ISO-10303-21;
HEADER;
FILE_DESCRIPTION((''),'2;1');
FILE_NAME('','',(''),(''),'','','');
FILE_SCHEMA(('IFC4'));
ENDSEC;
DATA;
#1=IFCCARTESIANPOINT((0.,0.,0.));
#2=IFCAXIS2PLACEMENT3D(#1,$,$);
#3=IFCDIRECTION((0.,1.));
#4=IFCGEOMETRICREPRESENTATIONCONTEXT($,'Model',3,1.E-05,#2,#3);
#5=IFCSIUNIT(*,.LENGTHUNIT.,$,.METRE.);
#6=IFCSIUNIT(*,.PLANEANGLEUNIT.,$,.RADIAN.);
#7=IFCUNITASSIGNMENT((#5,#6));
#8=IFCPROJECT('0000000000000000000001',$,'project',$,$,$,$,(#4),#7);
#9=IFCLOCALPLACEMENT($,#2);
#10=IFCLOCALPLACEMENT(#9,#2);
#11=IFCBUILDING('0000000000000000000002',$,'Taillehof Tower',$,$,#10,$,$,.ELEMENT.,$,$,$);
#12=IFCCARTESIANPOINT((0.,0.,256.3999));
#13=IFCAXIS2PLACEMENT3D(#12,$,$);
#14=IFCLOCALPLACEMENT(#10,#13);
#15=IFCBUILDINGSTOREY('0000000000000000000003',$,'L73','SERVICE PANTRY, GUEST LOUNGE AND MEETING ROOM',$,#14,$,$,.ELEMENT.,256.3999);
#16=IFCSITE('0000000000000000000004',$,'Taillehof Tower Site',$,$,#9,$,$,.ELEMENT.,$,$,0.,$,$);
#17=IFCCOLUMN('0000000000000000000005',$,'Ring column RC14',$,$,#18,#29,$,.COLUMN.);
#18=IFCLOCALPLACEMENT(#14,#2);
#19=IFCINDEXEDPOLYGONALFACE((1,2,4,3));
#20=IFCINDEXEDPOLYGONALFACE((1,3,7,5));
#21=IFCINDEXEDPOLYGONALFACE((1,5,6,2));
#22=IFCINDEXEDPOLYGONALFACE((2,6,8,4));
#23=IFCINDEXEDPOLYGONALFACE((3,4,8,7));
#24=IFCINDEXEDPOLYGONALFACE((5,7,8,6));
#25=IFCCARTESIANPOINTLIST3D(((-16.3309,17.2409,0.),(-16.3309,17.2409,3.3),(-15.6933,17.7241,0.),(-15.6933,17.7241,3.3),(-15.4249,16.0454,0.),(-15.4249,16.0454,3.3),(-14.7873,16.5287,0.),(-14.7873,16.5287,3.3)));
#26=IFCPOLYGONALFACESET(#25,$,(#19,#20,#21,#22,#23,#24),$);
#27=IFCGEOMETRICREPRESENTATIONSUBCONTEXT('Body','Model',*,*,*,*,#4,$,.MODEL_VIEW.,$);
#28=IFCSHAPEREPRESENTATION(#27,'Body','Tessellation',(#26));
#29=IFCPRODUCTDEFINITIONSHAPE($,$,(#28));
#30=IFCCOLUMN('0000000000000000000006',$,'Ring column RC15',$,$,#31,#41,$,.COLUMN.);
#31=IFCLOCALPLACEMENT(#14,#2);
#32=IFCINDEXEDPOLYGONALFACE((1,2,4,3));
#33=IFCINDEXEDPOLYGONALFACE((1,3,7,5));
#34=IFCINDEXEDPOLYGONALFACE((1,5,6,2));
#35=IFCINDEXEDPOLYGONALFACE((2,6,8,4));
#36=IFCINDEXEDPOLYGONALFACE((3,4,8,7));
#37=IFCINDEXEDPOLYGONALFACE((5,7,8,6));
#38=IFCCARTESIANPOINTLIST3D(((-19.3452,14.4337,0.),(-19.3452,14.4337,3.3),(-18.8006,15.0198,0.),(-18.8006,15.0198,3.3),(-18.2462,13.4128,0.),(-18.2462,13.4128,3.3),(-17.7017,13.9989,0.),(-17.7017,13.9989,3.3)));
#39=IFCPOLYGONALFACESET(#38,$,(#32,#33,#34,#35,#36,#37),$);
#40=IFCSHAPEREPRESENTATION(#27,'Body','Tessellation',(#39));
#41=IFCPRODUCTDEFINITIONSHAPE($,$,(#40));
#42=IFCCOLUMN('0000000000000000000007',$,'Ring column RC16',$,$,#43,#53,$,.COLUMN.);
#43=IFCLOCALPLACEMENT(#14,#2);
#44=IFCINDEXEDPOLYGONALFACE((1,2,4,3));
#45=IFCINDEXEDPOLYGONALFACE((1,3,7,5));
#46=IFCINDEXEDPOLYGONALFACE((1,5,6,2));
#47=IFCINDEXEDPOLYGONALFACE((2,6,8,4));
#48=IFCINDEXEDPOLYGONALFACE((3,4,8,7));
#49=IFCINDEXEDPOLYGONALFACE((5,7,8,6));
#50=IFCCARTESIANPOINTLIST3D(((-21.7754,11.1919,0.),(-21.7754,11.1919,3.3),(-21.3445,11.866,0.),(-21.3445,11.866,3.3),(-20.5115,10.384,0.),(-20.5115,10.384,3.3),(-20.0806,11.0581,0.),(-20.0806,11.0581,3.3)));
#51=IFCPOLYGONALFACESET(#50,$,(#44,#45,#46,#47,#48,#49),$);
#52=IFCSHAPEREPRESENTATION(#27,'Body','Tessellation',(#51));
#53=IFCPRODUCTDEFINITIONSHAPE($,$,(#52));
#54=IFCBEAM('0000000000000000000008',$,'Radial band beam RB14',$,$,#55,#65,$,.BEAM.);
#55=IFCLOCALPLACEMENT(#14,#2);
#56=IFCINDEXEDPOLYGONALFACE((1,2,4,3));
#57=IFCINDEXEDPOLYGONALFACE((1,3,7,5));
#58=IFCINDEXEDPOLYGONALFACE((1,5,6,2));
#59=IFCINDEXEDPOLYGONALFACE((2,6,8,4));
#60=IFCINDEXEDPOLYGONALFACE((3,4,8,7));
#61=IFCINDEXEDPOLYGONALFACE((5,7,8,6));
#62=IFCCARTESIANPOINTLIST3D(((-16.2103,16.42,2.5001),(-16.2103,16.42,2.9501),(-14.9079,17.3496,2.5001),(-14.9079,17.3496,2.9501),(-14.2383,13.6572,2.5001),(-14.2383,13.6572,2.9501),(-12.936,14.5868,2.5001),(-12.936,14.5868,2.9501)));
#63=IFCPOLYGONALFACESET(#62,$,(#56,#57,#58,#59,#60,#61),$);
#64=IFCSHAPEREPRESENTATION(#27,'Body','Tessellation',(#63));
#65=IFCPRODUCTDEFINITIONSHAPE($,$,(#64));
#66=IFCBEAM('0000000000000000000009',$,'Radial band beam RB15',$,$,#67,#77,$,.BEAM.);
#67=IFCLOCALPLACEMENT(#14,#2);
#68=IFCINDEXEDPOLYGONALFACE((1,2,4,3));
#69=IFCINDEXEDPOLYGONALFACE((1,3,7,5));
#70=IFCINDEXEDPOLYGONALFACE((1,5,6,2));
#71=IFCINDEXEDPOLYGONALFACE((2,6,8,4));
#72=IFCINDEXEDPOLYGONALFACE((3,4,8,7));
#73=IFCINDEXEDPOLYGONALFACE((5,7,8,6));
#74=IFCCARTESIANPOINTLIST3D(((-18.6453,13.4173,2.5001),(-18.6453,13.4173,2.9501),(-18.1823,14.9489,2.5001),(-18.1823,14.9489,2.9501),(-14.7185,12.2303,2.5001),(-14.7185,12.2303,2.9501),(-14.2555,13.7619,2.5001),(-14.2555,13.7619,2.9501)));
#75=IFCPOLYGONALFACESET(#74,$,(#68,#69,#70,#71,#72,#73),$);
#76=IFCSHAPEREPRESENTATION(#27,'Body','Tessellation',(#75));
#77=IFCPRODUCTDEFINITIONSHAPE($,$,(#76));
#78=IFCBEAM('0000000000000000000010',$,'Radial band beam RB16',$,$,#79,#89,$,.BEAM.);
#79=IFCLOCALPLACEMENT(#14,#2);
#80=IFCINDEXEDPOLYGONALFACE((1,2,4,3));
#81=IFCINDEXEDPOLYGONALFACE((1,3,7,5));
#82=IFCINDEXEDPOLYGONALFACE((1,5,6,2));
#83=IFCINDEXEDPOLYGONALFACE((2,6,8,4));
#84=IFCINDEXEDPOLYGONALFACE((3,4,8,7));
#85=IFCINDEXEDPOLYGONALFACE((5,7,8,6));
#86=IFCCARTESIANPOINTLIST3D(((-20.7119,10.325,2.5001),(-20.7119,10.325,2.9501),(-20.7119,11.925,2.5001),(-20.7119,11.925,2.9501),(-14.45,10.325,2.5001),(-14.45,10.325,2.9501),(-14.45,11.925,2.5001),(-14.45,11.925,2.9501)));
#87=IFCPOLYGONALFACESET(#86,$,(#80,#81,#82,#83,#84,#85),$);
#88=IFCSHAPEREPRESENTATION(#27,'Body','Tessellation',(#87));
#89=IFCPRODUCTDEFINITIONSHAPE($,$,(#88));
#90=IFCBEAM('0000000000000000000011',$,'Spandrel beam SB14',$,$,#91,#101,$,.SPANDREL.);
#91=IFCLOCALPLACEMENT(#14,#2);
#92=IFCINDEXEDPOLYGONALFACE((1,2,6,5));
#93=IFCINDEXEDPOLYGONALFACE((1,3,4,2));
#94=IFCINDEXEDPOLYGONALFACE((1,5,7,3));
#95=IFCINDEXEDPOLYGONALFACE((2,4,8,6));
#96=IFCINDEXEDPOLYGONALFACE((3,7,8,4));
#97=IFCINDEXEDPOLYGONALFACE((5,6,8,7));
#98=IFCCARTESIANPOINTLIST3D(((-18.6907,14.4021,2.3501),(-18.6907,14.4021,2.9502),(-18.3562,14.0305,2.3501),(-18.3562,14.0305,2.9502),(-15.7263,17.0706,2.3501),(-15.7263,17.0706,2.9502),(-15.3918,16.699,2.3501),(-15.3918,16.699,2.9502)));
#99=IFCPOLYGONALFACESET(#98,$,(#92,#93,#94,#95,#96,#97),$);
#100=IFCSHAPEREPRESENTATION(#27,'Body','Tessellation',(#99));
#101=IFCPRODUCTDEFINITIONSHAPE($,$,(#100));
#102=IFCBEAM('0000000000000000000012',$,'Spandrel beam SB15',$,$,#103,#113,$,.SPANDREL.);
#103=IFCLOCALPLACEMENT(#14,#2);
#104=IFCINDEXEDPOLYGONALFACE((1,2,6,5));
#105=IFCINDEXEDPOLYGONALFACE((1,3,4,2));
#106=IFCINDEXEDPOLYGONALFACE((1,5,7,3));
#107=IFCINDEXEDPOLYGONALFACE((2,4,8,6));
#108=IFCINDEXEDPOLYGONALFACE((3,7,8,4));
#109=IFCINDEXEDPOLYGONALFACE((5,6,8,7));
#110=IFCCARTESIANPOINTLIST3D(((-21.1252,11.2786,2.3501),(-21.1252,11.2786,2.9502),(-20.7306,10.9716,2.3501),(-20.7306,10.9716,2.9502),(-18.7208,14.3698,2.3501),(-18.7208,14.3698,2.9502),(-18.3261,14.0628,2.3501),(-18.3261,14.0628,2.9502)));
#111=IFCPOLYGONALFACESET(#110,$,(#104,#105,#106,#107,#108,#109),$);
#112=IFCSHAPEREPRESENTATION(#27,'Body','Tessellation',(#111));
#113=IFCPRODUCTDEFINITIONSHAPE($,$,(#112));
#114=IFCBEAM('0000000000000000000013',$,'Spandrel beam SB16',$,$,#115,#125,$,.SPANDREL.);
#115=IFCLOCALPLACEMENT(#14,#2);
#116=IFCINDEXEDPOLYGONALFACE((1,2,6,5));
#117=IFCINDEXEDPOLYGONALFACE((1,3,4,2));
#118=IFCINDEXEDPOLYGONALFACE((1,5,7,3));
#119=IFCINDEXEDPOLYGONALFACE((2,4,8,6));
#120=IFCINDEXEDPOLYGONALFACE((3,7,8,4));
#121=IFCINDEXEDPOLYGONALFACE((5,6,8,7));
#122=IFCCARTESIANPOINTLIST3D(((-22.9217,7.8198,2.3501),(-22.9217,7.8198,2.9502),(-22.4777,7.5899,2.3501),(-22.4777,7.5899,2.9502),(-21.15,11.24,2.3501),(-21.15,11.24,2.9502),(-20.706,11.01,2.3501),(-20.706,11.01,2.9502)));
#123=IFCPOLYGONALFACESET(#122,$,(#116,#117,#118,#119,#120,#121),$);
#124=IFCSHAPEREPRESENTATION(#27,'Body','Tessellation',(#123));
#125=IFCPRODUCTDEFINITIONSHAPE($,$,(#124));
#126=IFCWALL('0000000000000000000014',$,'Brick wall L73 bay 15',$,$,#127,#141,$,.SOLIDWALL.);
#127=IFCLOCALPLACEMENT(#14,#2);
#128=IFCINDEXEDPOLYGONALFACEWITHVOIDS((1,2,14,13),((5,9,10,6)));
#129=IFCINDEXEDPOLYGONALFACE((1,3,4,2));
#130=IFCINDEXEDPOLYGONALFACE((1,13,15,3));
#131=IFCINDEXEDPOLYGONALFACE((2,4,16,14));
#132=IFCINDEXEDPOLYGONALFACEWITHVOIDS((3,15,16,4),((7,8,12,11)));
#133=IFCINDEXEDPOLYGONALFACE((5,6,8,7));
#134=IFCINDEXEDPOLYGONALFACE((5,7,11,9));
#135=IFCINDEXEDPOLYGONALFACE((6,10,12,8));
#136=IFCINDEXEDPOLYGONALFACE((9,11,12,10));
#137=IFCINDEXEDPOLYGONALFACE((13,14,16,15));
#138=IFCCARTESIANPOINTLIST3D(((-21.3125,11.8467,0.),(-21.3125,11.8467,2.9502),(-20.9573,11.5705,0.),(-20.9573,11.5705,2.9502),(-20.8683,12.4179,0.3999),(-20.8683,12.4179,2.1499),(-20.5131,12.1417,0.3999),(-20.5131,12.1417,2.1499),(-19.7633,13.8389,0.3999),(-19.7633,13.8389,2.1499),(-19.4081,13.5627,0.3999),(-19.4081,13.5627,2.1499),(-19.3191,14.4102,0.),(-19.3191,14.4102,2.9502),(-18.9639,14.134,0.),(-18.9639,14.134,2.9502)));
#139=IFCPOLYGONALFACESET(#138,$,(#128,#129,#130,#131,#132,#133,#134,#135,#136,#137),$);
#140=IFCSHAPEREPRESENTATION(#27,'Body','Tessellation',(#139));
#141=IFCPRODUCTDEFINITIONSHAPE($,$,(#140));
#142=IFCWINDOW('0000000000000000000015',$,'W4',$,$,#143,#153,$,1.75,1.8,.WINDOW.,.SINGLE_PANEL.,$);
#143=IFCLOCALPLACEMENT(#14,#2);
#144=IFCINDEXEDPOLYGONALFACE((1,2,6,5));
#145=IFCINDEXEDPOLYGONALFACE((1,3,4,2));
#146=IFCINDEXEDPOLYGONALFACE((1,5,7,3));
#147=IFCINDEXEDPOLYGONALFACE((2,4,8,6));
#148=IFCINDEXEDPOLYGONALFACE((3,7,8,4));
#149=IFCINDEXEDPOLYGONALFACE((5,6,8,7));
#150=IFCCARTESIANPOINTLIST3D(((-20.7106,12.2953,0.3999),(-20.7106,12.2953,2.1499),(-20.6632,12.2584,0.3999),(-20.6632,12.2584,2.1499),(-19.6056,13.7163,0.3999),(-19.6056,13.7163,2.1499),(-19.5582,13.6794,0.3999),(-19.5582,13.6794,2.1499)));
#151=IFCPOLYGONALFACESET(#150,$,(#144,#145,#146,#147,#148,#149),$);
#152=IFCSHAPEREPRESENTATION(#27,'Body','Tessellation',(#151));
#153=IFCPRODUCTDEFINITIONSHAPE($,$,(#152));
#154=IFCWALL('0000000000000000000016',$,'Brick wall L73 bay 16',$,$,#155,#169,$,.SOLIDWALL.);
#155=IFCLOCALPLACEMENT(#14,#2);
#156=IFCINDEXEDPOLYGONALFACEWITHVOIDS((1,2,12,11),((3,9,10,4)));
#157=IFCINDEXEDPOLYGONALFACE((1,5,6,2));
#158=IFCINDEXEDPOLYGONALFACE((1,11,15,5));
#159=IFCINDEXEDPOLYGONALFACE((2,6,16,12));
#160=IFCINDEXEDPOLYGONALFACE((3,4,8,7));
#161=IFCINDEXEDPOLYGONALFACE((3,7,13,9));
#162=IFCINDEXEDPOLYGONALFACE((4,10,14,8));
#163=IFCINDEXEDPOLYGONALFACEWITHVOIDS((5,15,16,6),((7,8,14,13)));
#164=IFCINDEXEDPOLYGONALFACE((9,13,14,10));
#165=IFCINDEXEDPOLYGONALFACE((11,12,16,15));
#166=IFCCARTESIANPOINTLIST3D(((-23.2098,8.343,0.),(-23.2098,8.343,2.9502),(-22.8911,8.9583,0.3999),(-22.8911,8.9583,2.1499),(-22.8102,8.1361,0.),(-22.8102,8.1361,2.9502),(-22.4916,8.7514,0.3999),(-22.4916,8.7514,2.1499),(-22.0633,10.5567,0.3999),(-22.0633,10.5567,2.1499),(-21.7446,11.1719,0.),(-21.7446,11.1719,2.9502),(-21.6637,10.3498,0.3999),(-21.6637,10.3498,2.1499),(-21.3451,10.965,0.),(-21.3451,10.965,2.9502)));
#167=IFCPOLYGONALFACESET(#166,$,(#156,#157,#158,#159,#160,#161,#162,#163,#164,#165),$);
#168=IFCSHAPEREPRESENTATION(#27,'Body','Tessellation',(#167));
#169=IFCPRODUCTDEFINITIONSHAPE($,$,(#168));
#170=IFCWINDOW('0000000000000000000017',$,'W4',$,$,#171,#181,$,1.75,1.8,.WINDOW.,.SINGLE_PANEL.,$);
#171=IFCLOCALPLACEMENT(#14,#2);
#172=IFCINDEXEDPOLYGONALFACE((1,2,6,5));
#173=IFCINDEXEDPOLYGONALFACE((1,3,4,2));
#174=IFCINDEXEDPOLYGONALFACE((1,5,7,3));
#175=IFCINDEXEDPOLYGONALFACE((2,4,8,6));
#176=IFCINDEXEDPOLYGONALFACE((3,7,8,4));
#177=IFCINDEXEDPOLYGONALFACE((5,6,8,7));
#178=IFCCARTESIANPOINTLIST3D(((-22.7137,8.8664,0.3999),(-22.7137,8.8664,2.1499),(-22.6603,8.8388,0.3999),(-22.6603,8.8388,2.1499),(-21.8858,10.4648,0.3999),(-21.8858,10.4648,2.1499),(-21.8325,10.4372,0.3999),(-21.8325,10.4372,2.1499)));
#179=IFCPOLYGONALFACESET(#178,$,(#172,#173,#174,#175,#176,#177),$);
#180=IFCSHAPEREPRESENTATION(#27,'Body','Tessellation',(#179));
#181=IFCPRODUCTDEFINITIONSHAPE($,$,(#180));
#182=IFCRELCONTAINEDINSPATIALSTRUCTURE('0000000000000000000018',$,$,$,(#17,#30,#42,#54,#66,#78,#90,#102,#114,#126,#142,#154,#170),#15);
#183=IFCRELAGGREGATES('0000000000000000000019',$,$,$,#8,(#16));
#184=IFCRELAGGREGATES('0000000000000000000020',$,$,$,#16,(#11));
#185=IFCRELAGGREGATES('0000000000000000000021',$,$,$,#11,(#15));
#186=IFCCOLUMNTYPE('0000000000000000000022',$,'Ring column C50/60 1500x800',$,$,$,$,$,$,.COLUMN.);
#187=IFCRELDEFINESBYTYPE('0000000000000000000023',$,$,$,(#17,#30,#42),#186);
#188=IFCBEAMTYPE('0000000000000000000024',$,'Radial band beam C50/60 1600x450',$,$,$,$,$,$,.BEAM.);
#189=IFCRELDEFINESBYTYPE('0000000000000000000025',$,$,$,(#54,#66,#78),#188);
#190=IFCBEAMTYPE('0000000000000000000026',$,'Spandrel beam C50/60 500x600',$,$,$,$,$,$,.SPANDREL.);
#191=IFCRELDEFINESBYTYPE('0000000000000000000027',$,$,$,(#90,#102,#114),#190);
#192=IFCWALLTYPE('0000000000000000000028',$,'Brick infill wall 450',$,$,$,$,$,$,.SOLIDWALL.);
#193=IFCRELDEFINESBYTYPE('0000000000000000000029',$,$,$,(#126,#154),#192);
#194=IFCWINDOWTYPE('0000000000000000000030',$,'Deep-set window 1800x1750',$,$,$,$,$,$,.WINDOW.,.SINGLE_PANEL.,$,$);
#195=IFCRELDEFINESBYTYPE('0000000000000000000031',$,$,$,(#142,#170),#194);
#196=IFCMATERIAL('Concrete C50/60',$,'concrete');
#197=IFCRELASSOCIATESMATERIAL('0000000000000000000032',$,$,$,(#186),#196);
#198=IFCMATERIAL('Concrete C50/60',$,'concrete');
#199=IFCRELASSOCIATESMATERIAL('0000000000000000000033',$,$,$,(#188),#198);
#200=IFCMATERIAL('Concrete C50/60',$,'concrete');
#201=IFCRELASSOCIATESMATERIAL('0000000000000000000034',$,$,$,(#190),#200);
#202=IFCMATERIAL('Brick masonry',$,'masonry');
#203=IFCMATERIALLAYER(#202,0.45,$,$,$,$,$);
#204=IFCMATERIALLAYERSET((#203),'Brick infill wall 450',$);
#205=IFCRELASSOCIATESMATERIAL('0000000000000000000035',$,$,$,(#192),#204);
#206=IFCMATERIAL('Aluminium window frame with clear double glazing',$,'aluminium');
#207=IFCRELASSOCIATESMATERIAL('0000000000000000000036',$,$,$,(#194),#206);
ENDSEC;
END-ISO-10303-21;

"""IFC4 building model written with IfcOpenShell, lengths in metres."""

from ifc_helpers import new_model, si_unit, direction, frame, frame_2d, origin, origin_2d, place, context, subcontext, project, spatial, rectangle, extrude, material, layer, layer_set, material_profile, profile_set, type_object, element, fill, save


model = new_model("IFC4")

# Units and contexts
model_context = context("Model", 3, precision=1e-05, world=origin(), true_north=direction((0.0, 1.0)))
body_context = subcontext(model_context, "Body", "Model", "MODEL_VIEW")
ifc_project = project(units=[si_unit("LENGTHUNIT", "METRE"), si_unit("PLANEANGLEUNIT", "RADIAN")], contexts=[model_context])

# Site, building, storey
site_placement = place(None, origin())
site = spatial("IfcSite", under=ifc_project, at=site_placement, Name="Taillehof Tower Site", CompositionType="ELEMENT", RefElevation=0.0)
building_placement = place(site_placement, origin())
building = spatial("IfcBuilding", under=site, at=building_placement, Name="Taillehof Tower", CompositionType="ELEMENT")
storey_placement = place(building_placement, frame((0.0, 0.0, 256.3999)))
storey = spatial("IfcBuildingStorey", under=building, at=storey_placement, Name="L73", Description="SERVICE PANTRY, GUEST LOUNGE AND MEETING ROOM", CompositionType="ELEMENT", Elevation=256.3999)

# Columns
ifc_material_1 = material(Name="Concrete C50/60", Category="concrete")
ifc_material_profile_1 = material_profile(ifc_material_1, rectangle(XDim=1.5, YDim=0.8, at=origin_2d()), Name="RC 1500x800")
ifc_profile_set_1 = profile_set([ifc_material_profile_1], Name="Concrete C50/60")
column_type = type_object("IfcColumnType", Name="Ring column C50/60 1500x800", PredefinedType="COLUMN", material=ifc_profile_set_1)
for number, where, z_axis, x_axis, name in (
    (1, (-15.5591, 16.8848, 0.0), (0.0, 0.0, 1.0), (-0.60402, 0.796969, 0.0), "Ring column RC14"),
    (2, (-18.5234, 14.2163, 0.0), (0.0, 0.0, 1.0), (-0.732636, 0.680621, 0.0), "Ring column RC15"),
    (3, (-20.928, 11.125, 0.0), (0.0, 0.0, 1.0), (-0.842574, 0.538581, 0.0), "Ring column RC16"),
):
    element("IfcColumn", number, at=place(storey_placement, frame(where, z_axis=z_axis, x_axis=x_axis)), inside=storey, type_object=column_type, Name=name, PredefinedType="COLUMN", context=body_context, shape_type="SweptSolid", body=[
        extrude(rectangle(XDim=1.5, YDim=0.8, at=origin_2d()), origin(), (0.0, 0.0, 1.0), 3.3),
    ])

# Beams
ifc_material_2 = material(Name="Concrete C50/60", Category="concrete")
ifc_material_profile_2 = material_profile(ifc_material_2, rectangle(XDim=1.6001, YDim=0.45, at=origin_2d()), Name="RC 1600x450")
ifc_profile_set_2 = profile_set([ifc_material_profile_2], Name="Concrete C50/60")
beam_type_1 = type_object("IfcBeamType", Name="Radial band beam C50/60 1600x450", PredefinedType="BEAM", material=ifc_profile_set_2)
beam_1_placement = place(storey_placement, frame((-15.5591, 16.8848, 2.7251), z_axis=(0.580959, -0.813933, 0.0), x_axis=(0.813933, 0.580959, 0.0)))
element("IfcBeam", 4, at=beam_1_placement, inside=storey, type_object=beam_type_1, Name="Radial band beam RB14", PredefinedType="BEAM", context=body_context, shape_type="SweptSolid", body=[
    extrude(rectangle(XDim=1.6001, YDim=0.45, at=origin_2d()), origin(), (0.0, 0.0, 1.0), 3.3943),
])
beam_2_placement = place(storey_placement, frame((-18.4138, 14.1831, 2.7251), z_axis=(0.957221, -0.289357, 0.0), x_axis=(0.289357, 0.957221, 0.0)))
element("IfcBeam", 5, at=beam_2_placement, inside=storey, type_object=beam_type_1, Name="Radial band beam RB15", PredefinedType="BEAM", context=body_context, shape_type="SweptSolid", body=[
    extrude(rectangle(XDim=1.6001, YDim=0.45, at=origin_2d()), origin(), (0.0, 0.0, 1.0), 4.1023),
])
beam_3_placement = place(storey_placement, frame((-20.7119, 11.125, 2.7251), z_axis=(1.0, 0.0, 0.0), x_axis=(0.0, 1.0, 0.0)))
element("IfcBeam", 6, at=beam_3_placement, inside=storey, type_object=beam_type_1, Name="Radial band beam RB16", PredefinedType="BEAM", context=body_context, shape_type="SweptSolid", body=[
    extrude(rectangle(XDim=1.6001, YDim=0.45, at=origin_2d()), origin(), (0.0, 0.0, 1.0), 6.262),
])
ifc_material_3 = material(Name="Concrete C50/60", Category="concrete")
ifc_material_profile_3 = material_profile(ifc_material_3, rectangle(XDim=0.5, YDim=0.6001, at=origin_2d()), Name="RC 500x600")
ifc_profile_set_3 = profile_set([ifc_material_profile_3], Name="Concrete C50/60")
beam_type_2 = type_object("IfcBeamType", Name="Spandrel beam C50/60 500x600", PredefinedType="SPANDREL", material=ifc_profile_set_3)
beam_4_placement = place(storey_placement, frame((-15.5591, 16.8848, 2.6501), z_axis=(-0.743227, -0.669039, 0.0), x_axis=(0.669039, -0.743227, 0.0)))
element("IfcBeam", 7, at=beam_4_placement, inside=storey, type_object=beam_type_2, Name="Spandrel beam SB14", PredefinedType="SPANDREL", context=body_context, shape_type="SweptSolid", body=[
    extrude(rectangle(XDim=0.5, YDim=0.6001, at=origin_2d()), origin(), (0.0, 0.0, 1.0), 3.9885),
])
beam_5_placement = place(storey_placement, frame((-18.5234, 14.2163, 2.6501), z_axis=(-0.613971, -0.789329, 0.0), x_axis=(0.789329, -0.613971, 0.0)))
element("IfcBeam", 8, at=beam_5_placement, inside=storey, type_object=beam_type_2, Name="Spandrel beam SB15", PredefinedType="SPANDREL", context=body_context, shape_type="SweptSolid", body=[
    extrude(rectangle(XDim=0.5, YDim=0.6001, at=origin_2d()), origin(), (0.0, 0.0, 1.0), 3.9163),
])
beam_6_placement = place(storey_placement, frame((-20.928, 11.125, 2.6501), z_axis=(-0.459971, -0.887934, 0.0), x_axis=(0.887934, -0.459971, 0.0)))
element("IfcBeam", 9, at=beam_6_placement, inside=storey, type_object=beam_type_2, Name="Spandrel beam SB16", PredefinedType="SPANDREL", context=body_context, shape_type="SweptSolid", body=[
    extrude(rectangle(XDim=0.5, YDim=0.6001, at=origin_2d()), origin(), (0.0, 0.0, 1.0), 3.8518),
])

# Walls, openings, windows
ifc_material_4 = material(Name="Brick masonry", Category="masonry")
ifc_layer_1 = layer(ifc_material_4, 0.45)
ifc_layer_set_1 = layer_set([ifc_layer_1], Name="Brick infill wall 450")
wall_type_1 = type_object("IfcWallType", Name="Brick infill wall 450", PredefinedType="SOLIDWALL", material=ifc_layer_set_1)
wall_1_placement = place(storey_placement, frame((-19.1416, 14.272, 0.0), z_axis=(0.0, 0.0, 1.0), x_axis=(-0.613863, -0.789413, 0.0)))
wall_1 = element("IfcWall", 10, at=wall_1_placement, inside=storey, type_object=wall_type_1, Name="Brick wall L73 bay 15", PredefinedType="SOLIDWALL", context=body_context, shape_type="SweptSolid", body=[
    extrude(rectangle(XDim=3.2473, YDim=0.45, at=frame_2d((1.6235, 0.0))), origin(), (0.0, 0.0, 1.0), 2.9502),
])
opening_1_placement = place(wall_1_placement, frame((0.7236, 0.0, 0.3999)))
opening_1 = element("IfcOpeningElement", 11, at=opening_1_placement, cuts=wall_1, PredefinedType="OPENING", context=body_context, shape_type="SweptSolid", body=[
    extrude(rectangle(XDim=1.8, YDim=1.75, at=frame_2d((0.8999, 0.875))), frame((0.0, 0.2349, 0.0), z_axis=(0.0, -1.0, 0.0), x_axis=(1.0, 0.0, 0.0)), (0.0, 0.0, 1.0), 0.47),
])
ifc_material_5 = material(Name="Aluminium window frame with clear double glazing", Category="aluminium")
window_type_1 = type_object("IfcWindowType", Name="Deep-set window 1800x1750", PartitioningType="SINGLE_PANEL", PredefinedType="WINDOW", material=ifc_material_5)
window_1_placement = place(opening_1_placement, origin())
window_1 = element("IfcWindow", 12, at=window_1_placement, inside=storey, type_object=window_type_1, Name="W4", OverallHeight=1.75, OverallWidth=1.8, PartitioningType="SINGLE_PANEL", PredefinedType="WINDOW", context=body_context, shape_type="SweptSolid", body=[
    extrude(rectangle(XDim=1.8, YDim=1.75, at=frame_2d((0.8999, 0.875))), frame((0.0, 0.0349, 0.0), z_axis=(0.0, -1.0, 0.0), x_axis=(1.0, 0.0, 0.0)), (0.0, 0.0, 1.0), 0.0601),
])
fill(opening_1, window_1)
wall_2_placement = place(storey_placement, frame((-21.5449, 11.0684, 0.0), z_axis=(0.0, 0.0, 1.0), x_axis=(-0.45989, -0.887976, 0.0)))
wall_2 = element("IfcWall", 13, at=wall_2_placement, inside=storey, type_object=wall_type_1, Name="Brick wall L73 bay 16", PredefinedType="SOLIDWALL", context=body_context, shape_type="SweptSolid", body=[
    extrude(rectangle(XDim=3.1858, YDim=0.45, at=frame_2d((1.5928, 0.0))), origin(), (0.0, 0.0, 1.0), 2.9502),
])
opening_2_placement = place(wall_2_placement, frame((0.6929, 0.0, 0.3999)))
opening_2 = element("IfcOpeningElement", 14, at=opening_2_placement, cuts=wall_2, PredefinedType="OPENING", context=body_context, shape_type="SweptSolid", body=[
    extrude(rectangle(XDim=1.8, YDim=1.75, at=frame_2d((0.8999, 0.875))), frame((0.0, 0.2349, 0.0), z_axis=(0.0, -1.0, 0.0), x_axis=(1.0, 0.0, 0.0)), (0.0, 0.0, 1.0), 0.47),
])
window_2_placement = place(opening_2_placement, origin())
window_2 = element("IfcWindow", 15, at=window_2_placement, inside=storey, type_object=window_type_1, Name="W4", OverallHeight=1.75, OverallWidth=1.8, PartitioningType="SINGLE_PANEL", PredefinedType="WINDOW", context=body_context, shape_type="SweptSolid", body=[
    extrude(rectangle(XDim=1.8, YDim=1.75, at=frame_2d((0.8999, 0.875))), frame((0.0, 0.0349, 0.0), z_axis=(0.0, -1.0, 0.0), x_axis=(1.0, 0.0, 0.0)), (0.0, 0.0, 1.0), 0.0601),
])
fill(opening_2, window_2)

save(model, "model.ifc")
